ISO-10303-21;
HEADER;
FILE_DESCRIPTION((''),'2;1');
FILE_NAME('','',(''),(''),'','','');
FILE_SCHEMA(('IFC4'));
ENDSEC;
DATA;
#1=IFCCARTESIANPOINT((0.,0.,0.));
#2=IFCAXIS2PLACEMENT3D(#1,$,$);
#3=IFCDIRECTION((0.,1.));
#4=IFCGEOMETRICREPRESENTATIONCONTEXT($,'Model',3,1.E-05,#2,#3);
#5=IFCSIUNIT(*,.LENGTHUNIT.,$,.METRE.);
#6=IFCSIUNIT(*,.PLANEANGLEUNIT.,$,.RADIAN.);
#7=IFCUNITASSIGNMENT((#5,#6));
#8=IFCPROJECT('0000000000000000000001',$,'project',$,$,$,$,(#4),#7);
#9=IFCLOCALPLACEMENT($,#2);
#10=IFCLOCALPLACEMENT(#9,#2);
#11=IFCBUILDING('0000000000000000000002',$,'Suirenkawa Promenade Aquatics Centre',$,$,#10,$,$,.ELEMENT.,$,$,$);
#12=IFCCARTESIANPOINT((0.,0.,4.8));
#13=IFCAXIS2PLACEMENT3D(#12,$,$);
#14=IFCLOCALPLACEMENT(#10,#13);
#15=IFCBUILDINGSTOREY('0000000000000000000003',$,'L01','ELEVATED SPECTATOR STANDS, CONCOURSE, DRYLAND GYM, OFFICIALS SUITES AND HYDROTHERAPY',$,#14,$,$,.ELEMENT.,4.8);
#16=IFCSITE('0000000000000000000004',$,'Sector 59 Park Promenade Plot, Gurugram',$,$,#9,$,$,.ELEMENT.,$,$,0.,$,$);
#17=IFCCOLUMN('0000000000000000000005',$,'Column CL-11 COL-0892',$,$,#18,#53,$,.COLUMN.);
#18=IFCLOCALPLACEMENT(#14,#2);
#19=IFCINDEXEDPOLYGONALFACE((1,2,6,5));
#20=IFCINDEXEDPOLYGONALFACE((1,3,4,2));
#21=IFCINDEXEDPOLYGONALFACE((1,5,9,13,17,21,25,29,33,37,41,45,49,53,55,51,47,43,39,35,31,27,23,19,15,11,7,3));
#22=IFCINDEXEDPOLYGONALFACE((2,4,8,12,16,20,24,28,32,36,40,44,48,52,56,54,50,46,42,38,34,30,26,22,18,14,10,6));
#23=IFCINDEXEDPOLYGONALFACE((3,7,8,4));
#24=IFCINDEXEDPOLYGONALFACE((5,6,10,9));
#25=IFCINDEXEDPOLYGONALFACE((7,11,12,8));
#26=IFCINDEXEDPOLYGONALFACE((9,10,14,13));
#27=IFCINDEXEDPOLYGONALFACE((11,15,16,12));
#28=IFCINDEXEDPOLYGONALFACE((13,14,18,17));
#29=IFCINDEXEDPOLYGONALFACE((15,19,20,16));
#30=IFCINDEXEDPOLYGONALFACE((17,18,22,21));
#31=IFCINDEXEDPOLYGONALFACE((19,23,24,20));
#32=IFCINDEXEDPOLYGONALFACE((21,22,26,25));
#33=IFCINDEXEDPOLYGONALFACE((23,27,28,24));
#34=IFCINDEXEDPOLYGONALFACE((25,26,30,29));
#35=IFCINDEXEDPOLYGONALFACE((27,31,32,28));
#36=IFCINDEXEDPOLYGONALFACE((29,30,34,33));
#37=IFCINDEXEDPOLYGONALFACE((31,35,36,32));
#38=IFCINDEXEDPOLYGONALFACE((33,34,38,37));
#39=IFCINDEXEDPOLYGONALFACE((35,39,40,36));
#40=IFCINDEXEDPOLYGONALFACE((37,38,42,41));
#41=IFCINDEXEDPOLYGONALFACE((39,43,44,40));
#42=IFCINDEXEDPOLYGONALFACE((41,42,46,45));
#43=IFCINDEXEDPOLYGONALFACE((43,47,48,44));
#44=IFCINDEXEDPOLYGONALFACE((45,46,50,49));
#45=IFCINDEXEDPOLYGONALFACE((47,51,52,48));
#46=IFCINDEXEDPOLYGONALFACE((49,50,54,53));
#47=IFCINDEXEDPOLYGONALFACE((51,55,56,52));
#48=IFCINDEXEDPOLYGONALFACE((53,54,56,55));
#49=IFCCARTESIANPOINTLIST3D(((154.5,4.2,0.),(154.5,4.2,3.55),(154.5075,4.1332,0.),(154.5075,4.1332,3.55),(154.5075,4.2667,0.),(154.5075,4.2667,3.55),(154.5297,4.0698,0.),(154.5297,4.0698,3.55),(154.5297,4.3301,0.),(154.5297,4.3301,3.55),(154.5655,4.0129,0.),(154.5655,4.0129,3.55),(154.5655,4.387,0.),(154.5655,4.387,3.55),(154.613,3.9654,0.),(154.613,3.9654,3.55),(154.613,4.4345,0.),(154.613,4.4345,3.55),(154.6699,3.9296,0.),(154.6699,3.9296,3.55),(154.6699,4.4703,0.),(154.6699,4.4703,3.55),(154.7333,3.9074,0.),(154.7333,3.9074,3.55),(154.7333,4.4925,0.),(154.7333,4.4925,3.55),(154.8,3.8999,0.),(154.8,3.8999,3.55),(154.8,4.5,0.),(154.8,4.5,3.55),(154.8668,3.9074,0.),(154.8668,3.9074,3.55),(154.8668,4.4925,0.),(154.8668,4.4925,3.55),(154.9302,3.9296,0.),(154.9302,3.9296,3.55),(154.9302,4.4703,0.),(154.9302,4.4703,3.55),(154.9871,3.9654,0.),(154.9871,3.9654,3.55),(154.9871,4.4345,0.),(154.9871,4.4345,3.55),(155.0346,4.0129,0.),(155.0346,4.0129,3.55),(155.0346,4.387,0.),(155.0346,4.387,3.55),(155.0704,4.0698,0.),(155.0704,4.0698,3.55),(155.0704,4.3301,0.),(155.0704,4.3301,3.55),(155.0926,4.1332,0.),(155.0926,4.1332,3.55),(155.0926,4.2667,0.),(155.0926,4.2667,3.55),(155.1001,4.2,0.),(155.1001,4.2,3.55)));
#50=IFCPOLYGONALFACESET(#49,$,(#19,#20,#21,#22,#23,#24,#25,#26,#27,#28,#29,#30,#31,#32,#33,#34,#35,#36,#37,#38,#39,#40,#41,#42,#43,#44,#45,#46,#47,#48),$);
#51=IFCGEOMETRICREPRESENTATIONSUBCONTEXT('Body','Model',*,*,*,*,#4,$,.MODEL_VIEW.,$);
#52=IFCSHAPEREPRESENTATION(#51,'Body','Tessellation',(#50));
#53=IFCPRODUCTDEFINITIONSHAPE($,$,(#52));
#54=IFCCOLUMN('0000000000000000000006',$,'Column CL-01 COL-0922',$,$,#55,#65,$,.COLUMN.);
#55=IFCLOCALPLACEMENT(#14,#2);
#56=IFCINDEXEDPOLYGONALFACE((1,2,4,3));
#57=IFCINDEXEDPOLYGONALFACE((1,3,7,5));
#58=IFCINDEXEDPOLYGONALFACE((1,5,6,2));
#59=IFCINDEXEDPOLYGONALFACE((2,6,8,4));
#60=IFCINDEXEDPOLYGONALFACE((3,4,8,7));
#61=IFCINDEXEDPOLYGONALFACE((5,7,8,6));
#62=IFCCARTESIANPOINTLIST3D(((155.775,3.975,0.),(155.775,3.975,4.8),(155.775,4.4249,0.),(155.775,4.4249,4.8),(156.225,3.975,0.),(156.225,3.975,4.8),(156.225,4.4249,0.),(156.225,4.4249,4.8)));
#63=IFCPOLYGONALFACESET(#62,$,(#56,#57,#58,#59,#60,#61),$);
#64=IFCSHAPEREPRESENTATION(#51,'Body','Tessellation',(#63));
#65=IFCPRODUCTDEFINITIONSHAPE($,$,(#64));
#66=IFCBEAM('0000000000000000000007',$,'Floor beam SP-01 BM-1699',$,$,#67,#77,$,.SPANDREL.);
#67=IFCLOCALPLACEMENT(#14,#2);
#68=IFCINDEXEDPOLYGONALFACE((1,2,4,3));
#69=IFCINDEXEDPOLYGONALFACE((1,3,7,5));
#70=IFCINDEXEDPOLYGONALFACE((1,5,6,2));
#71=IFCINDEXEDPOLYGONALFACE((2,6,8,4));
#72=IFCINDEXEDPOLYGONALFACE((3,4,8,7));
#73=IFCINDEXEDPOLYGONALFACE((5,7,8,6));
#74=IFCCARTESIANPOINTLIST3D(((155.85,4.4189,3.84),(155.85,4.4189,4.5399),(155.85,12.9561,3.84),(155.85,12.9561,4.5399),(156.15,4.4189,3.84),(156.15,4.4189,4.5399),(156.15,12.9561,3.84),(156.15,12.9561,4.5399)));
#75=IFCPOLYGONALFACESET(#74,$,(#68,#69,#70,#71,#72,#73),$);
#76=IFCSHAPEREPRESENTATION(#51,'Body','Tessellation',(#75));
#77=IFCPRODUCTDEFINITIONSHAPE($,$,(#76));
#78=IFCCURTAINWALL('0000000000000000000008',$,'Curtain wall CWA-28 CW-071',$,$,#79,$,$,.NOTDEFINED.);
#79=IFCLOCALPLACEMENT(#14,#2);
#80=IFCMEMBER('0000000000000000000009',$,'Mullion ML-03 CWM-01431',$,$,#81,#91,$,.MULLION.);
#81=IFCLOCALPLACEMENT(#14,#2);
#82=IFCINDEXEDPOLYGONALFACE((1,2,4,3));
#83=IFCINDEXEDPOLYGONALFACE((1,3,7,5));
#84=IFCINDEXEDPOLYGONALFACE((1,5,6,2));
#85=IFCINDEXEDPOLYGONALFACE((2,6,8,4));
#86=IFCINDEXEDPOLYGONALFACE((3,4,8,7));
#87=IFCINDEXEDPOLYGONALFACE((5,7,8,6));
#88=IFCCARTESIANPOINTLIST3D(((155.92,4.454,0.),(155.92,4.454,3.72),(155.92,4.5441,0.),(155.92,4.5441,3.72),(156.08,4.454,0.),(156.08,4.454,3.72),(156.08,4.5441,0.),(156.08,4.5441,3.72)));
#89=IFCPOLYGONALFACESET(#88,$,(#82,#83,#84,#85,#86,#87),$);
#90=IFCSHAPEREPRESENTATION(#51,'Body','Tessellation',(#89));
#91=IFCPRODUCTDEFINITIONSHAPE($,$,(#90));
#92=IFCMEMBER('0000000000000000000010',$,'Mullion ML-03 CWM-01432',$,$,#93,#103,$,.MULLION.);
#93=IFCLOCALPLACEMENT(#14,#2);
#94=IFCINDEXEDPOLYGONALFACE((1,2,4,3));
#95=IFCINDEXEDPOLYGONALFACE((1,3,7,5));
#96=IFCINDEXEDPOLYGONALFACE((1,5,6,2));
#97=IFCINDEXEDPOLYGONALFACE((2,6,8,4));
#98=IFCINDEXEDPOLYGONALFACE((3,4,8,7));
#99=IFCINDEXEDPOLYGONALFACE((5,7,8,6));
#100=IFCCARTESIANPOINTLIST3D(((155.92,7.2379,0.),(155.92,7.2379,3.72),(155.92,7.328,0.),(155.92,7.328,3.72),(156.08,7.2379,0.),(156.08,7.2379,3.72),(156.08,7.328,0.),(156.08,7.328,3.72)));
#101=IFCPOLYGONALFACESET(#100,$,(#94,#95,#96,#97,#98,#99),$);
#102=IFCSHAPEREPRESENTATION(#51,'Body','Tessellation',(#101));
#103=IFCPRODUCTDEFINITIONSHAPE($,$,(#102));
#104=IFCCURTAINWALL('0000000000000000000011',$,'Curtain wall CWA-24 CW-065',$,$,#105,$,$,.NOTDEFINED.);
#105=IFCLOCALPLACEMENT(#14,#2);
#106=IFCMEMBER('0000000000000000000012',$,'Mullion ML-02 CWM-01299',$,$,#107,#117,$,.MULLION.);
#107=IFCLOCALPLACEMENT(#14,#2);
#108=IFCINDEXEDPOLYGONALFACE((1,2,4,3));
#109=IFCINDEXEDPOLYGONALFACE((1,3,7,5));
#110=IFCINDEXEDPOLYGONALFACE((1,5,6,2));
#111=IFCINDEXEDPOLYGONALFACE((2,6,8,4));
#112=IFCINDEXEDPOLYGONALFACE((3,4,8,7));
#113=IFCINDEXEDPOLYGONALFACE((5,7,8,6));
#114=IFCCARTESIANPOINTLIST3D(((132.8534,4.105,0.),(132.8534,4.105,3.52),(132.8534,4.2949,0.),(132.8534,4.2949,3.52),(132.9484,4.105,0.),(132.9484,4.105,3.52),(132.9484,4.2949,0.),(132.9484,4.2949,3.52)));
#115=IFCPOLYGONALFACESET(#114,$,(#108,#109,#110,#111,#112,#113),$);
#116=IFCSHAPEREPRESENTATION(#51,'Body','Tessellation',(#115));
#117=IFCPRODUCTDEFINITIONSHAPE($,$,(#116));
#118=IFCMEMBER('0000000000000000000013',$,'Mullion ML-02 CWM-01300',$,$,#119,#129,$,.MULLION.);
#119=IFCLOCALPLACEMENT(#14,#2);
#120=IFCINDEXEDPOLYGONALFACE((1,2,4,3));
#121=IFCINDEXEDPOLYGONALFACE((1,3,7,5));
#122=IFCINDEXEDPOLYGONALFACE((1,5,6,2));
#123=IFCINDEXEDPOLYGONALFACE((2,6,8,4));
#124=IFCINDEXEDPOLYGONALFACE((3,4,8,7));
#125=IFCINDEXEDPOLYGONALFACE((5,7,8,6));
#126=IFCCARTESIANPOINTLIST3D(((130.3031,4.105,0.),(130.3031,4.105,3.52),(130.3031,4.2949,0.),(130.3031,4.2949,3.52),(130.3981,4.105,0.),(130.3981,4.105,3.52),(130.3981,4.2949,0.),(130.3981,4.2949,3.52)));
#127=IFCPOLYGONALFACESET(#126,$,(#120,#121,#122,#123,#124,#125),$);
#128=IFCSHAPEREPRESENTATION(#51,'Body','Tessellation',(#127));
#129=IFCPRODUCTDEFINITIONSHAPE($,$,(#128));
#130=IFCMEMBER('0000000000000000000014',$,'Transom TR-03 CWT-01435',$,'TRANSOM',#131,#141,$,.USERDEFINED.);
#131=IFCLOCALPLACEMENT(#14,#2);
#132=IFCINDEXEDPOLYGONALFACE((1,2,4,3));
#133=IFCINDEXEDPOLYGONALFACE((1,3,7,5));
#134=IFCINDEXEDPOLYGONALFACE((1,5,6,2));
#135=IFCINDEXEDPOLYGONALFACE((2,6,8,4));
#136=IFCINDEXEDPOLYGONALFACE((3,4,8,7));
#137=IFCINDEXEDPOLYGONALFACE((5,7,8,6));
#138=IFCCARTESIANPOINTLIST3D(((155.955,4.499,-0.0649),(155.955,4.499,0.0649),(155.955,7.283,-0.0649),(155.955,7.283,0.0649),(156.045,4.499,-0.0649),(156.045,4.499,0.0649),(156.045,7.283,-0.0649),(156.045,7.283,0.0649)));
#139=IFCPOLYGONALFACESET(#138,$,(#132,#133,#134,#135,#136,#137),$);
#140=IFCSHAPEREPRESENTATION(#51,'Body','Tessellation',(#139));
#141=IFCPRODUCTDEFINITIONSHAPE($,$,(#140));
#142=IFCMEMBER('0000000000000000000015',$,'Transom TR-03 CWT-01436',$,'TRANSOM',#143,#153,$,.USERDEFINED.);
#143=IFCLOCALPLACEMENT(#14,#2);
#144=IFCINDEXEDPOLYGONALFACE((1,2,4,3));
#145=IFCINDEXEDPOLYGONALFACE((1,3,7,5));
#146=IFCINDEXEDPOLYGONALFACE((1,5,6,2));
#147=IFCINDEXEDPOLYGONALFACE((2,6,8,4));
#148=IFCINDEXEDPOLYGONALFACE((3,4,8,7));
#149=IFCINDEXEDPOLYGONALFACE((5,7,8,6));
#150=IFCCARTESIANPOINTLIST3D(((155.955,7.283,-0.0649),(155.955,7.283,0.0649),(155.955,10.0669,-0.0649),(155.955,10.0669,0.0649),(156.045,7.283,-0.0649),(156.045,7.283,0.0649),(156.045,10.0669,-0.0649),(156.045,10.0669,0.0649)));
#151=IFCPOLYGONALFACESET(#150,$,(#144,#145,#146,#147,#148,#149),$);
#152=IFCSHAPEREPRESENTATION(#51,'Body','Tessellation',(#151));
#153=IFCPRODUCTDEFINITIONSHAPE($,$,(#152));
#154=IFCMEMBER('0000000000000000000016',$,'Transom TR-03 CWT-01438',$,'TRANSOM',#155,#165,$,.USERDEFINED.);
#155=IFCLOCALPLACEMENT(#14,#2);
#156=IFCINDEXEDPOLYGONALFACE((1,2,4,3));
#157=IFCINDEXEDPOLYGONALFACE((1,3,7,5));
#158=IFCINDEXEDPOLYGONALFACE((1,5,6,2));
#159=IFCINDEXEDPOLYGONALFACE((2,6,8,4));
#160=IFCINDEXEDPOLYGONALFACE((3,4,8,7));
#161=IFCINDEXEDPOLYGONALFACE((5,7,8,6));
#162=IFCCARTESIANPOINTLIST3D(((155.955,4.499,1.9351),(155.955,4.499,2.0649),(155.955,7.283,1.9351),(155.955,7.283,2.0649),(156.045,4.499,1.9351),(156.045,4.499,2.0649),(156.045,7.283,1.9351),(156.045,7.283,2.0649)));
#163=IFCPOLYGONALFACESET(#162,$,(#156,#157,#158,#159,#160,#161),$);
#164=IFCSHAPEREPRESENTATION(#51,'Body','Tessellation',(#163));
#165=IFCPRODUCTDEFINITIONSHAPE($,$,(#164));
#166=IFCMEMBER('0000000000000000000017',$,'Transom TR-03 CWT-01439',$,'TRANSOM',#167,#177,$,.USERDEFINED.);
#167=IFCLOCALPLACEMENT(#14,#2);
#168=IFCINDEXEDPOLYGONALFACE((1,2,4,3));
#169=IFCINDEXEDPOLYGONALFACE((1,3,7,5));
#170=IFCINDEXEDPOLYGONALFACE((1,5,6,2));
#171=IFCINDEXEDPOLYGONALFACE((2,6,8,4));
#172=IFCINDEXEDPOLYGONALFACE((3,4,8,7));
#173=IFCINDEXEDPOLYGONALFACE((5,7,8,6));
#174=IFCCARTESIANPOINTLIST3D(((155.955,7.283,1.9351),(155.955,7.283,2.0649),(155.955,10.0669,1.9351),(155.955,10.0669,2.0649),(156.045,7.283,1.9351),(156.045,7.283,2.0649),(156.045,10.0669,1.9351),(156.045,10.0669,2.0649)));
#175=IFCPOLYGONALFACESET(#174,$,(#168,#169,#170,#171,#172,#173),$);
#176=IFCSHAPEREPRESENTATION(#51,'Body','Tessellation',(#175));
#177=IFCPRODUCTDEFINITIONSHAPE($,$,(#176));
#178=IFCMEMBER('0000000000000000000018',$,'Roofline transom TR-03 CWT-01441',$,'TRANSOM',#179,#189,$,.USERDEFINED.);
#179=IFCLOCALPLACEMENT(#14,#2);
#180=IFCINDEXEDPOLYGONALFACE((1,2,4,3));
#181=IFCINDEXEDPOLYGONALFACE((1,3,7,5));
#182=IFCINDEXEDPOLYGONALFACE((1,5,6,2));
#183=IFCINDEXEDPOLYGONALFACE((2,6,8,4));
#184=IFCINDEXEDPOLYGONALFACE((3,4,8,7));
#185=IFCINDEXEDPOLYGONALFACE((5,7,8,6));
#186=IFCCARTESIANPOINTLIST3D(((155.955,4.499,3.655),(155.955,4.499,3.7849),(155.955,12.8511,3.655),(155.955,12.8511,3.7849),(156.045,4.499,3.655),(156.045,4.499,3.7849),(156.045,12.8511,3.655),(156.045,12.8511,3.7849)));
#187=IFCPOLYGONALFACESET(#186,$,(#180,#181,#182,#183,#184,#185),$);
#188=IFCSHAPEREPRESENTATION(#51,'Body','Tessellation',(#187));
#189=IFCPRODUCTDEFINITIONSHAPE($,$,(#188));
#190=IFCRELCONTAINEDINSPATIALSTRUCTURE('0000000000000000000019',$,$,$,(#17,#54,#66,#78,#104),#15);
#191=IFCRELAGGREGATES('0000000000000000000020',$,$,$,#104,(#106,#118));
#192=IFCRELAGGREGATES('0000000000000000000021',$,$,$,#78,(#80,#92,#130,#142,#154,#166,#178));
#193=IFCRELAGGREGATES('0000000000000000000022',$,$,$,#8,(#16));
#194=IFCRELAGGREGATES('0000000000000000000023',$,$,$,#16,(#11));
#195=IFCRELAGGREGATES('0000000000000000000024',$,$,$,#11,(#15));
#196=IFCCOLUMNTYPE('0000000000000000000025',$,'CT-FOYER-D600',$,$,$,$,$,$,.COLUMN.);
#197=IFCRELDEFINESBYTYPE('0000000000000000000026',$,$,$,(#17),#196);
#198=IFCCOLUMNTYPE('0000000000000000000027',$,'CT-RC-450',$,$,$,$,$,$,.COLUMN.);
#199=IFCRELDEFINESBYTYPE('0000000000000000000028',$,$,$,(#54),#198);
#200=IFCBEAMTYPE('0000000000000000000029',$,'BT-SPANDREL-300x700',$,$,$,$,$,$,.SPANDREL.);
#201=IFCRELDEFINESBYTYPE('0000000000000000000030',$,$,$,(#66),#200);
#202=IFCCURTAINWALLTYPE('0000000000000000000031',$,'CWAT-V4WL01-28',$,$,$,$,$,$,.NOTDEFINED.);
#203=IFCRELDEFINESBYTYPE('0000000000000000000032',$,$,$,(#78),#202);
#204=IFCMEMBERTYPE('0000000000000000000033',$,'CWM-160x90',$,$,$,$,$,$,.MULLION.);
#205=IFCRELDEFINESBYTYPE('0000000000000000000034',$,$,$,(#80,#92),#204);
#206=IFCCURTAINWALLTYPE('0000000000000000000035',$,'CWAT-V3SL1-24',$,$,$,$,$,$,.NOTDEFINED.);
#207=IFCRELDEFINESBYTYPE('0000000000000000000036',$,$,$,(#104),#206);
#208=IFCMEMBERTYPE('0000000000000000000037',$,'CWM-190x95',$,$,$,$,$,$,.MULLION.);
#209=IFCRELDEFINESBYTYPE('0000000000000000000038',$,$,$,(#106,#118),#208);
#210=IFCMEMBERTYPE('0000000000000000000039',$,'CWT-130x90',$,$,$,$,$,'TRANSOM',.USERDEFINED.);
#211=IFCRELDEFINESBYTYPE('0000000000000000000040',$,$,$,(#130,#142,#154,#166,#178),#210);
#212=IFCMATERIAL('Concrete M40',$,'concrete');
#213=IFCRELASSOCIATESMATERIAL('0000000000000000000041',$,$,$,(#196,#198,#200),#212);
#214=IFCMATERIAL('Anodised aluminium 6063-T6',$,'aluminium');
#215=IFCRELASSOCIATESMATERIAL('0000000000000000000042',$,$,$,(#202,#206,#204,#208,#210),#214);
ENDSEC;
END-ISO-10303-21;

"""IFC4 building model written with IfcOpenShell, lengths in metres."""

from ifc_helpers import new_model, si_unit, direction, frame, origin, origin_2d, place, context, subcontext, project, spatial, rectangle, circle, extrude, material, material_profile, profile_set, type_object, element, aggregate, save


model = new_model("IFC4")

# Units and contexts
model_context = context("Model", 3, precision=1e-05, world=origin(), true_north=direction((0.0, 1.0)))
body_context = subcontext(model_context, "Body", "Model", "MODEL_VIEW")
ifc_project = project(units=[si_unit("LENGTHUNIT", "METRE"), si_unit("PLANEANGLEUNIT", "RADIAN")], contexts=[model_context])

# Site, building, storey
site_placement = place(None, origin())
site = spatial("IfcSite", under=ifc_project, at=site_placement, Name="Sector 59 Park Promenade Plot, Gurugram", CompositionType="ELEMENT", RefElevation=0.0)
building_placement = place(site_placement, origin())
building = spatial("IfcBuilding", under=site, at=building_placement, Name="Suirenkawa Promenade Aquatics Centre", CompositionType="ELEMENT")
storey_placement = place(building_placement, frame((0.0, 0.0, 4.8)))
storey = spatial("IfcBuildingStorey", under=building, at=storey_placement, Name="L01", Description="ELEVATED SPECTATOR STANDS, CONCOURSE, DRYLAND GYM, OFFICIALS SUITES AND HYDROTHERAPY", CompositionType="ELEMENT", Elevation=4.8)

# Columns
ifc_material_1 = material(Name="Concrete M40", Category="concrete")
ifc_material_profile_1 = material_profile(ifc_material_1, circle(Radius=0.3, at=origin_2d()), Name="RC FOYER D600", Category="concrete")
ifc_profile_set_1 = profile_set([ifc_material_profile_1], Name="Concrete M40")
column_type_1 = type_object("IfcColumnType", Name="CT-FOYER-D600", PredefinedType="COLUMN", material=ifc_profile_set_1)
column_1_placement = place(storey_placement, frame((154.8, 4.2, 0.0), z_axis=(0.0, 0.0, 1.0), x_axis=(1.0, 0.0, 0.0)))
element("IfcColumn", 1, at=column_1_placement, inside=storey, type_object=column_type_1, Name="Column CL-11 COL-0892", PredefinedType="COLUMN", context=body_context, shape_type="SweptSolid", body=[
    extrude(circle(Radius=0.3, at=origin_2d()), origin(), (0.0, 0.0, 1.0), 3.55),
])
ifc_material_profile_2 = material_profile(ifc_material_1, rectangle(XDim=0.45, YDim=0.45, at=origin_2d()), Name="RC COL 450x450", Category="concrete")
ifc_profile_set_2 = profile_set([ifc_material_profile_2], Name="Concrete M40")
column_type_2 = type_object("IfcColumnType", Name="CT-RC-450", PredefinedType="COLUMN", material=ifc_profile_set_2)
column_2_placement = place(storey_placement, frame((156.0, 4.2, 0.0), z_axis=(0.0, 0.0, 1.0), x_axis=(1.0, 0.0, 0.0)))
element("IfcColumn", 2, at=column_2_placement, inside=storey, type_object=column_type_2, Name="Column CL-01 COL-0922", PredefinedType="COLUMN", context=body_context, shape_type="SweptSolid", body=[
    extrude(rectangle(XDim=0.45, YDim=0.45, at=origin_2d()), origin(), (0.0, 0.0, 1.0), 4.8),
])

# Beam
ifc_material_profile_3 = material_profile(ifc_material_1, rectangle(XDim=0.3, YDim=0.7, at=origin_2d()), Name="RC SPANDREL 300x700", Category="concrete")
ifc_profile_set_3 = profile_set([ifc_material_profile_3], Name="Concrete M40")
beam_type = type_object("IfcBeamType", Name="BT-SPANDREL-300x700", PredefinedType="SPANDREL", material=ifc_profile_set_3)
beam_placement = place(storey_placement, frame((156.0, 4.4189, 4.1899), z_axis=(0.0, 1.0, 0.0), x_axis=(-1.0, 0.0, 0.0)))
element("IfcBeam", 3, at=beam_placement, inside=storey, type_object=beam_type, Name="Floor beam SP-01 BM-1699", PredefinedType="SPANDREL", context=body_context, shape_type="SweptSolid", body=[
    extrude(rectangle(XDim=0.3, YDim=0.7, at=origin_2d()), origin(), (0.0, 0.0, 1.0), 8.5371),
])

# Curtain walls, members
ifc_material_2 = material(Name="Anodised aluminium 6063-T6", Category="aluminium")
curtain_wall_type_1 = type_object("IfcCurtainWallType", Name="CWAT-V4WL01-28", PredefinedType="NOTDEFINED", material=ifc_material_2)
curtain_wall_1_placement = place(storey_placement, origin())
curtain_wall_1 = element("IfcCurtainWall", 4, at=curtain_wall_1_placement, inside=storey, type_object=curtain_wall_type_1, Name="Curtain wall CWA-28 CW-071", PredefinedType="NOTDEFINED")
ifc_material_profile_4 = material_profile(ifc_material_2, rectangle(XDim=0.0901, YDim=0.1599, at=origin_2d()), Name="ALU MULL 90x160", Category="aluminium")
ifc_profile_set_4 = profile_set([ifc_material_profile_4], Name="Anodised aluminium 6063-T6")
member_type_1 = type_object("IfcMemberType", Name="CWM-160x90", PredefinedType="MULLION", material=ifc_profile_set_4)
member_1_placement = place(storey_placement, frame((156.0, 4.499, 0.0), z_axis=(0.0, 0.0, 1.0), x_axis=(0.0, 1.0, 0.0)))
member_1 = element("IfcMember", 5, at=member_1_placement, type_object=member_type_1, Name="Mullion ML-03 CWM-01431", PredefinedType="MULLION", context=body_context, shape_type="SweptSolid", body=[
    extrude(rectangle(XDim=0.0901, YDim=0.1599, at=origin_2d()), origin(), (0.0, 0.0, 1.0), 3.72),
])
member_2_placement = place(storey_placement, frame((156.0, 7.283, 0.0), z_axis=(0.0, 0.0, 1.0), x_axis=(0.0, 1.0, 0.0)))
member_2 = element("IfcMember", 6, at=member_2_placement, type_object=member_type_1, Name="Mullion ML-03 CWM-01432", PredefinedType="MULLION", context=body_context, shape_type="SweptSolid", body=[
    extrude(rectangle(XDim=0.0901, YDim=0.1599, at=origin_2d()), origin(), (0.0, 0.0, 1.0), 3.72),
])
curtain_wall_type_2 = type_object("IfcCurtainWallType", Name="CWAT-V3SL1-24", PredefinedType="NOTDEFINED", material=ifc_material_2)
curtain_wall_2_placement = place(storey_placement, origin())
curtain_wall_2 = element("IfcCurtainWall", 7, at=curtain_wall_2_placement, inside=storey, type_object=curtain_wall_type_2, Name="Curtain wall CWA-24 CW-065", PredefinedType="NOTDEFINED")
ifc_material_profile_5 = material_profile(ifc_material_2, rectangle(XDim=0.095, YDim=0.1899, at=origin_2d()), Name="ALU MULL 95x190", Category="aluminium")
ifc_profile_set_5 = profile_set([ifc_material_profile_5], Name="Anodised aluminium 6063-T6")
member_type_2 = type_object("IfcMemberType", Name="CWM-190x95", PredefinedType="MULLION", material=ifc_profile_set_5)
member_3_placement = place(storey_placement, frame((132.9009, 4.2, 0.0), z_axis=(0.0, 0.0, 1.0), x_axis=(-1.0, 0.0, 0.0)))
member_3 = element("IfcMember", 8, at=member_3_placement, type_object=member_type_2, Name="Mullion ML-02 CWM-01299", PredefinedType="MULLION", context=body_context, shape_type="SweptSolid", body=[
    extrude(rectangle(XDim=0.095, YDim=0.1899, at=origin_2d()), origin(), (0.0, 0.0, 1.0), 3.52),
])
member_4_placement = place(storey_placement, frame((130.3506, 4.2, 0.0), z_axis=(0.0, 0.0, 1.0), x_axis=(-1.0, 0.0, 0.0)))
member_4 = element("IfcMember", 9, at=member_4_placement, type_object=member_type_2, Name="Mullion ML-02 CWM-01300", PredefinedType="MULLION", context=body_context, shape_type="SweptSolid", body=[
    extrude(rectangle(XDim=0.095, YDim=0.1899, at=origin_2d()), origin(), (0.0, 0.0, 1.0), 3.52),
])

# Members
ifc_material_profile_6 = material_profile(ifc_material_2, rectangle(XDim=0.0901, YDim=0.1299, at=origin_2d()), Name="ALU TRAN 90x130", Category="aluminium")
ifc_profile_set_6 = profile_set([ifc_material_profile_6], Name="Anodised aluminium 6063-T6")
member_type_3 = type_object("IfcMemberType", Name="CWT-130x90", ElementType="TRANSOM", PredefinedType="USERDEFINED", material=ifc_profile_set_6)
member_5_placement = place(storey_placement, frame((156.0, 4.499, 0.0), z_axis=(0.0, 1.0, 0.0), x_axis=(-1.0, 0.0, 0.0)))
member_5 = element("IfcMember", 10, at=member_5_placement, type_object=member_type_3, Name="Transom TR-03 CWT-01435", ObjectType="TRANSOM", PredefinedType="USERDEFINED", context=body_context, shape_type="SweptSolid", body=[
    extrude(rectangle(XDim=0.0901, YDim=0.1299, at=origin_2d()), origin(), (0.0, 0.0, 1.0), 2.7839),
])
member_6_placement = place(storey_placement, frame((156.0, 7.283, 0.0), z_axis=(0.0, 1.0, 0.0), x_axis=(-1.0, 0.0, 0.0)))
member_6 = element("IfcMember", 11, at=member_6_placement, type_object=member_type_3, Name="Transom TR-03 CWT-01436", ObjectType="TRANSOM", PredefinedType="USERDEFINED", context=body_context, shape_type="SweptSolid", body=[
    extrude(rectangle(XDim=0.0901, YDim=0.1299, at=origin_2d()), origin(), (0.0, 0.0, 1.0), 2.7839),
])
member_7_placement = place(storey_placement, frame((156.0, 4.499, 2.0), z_axis=(0.0, 1.0, 0.0), x_axis=(-1.0, 0.0, 0.0)))
member_7 = element("IfcMember", 12, at=member_7_placement, type_object=member_type_3, Name="Transom TR-03 CWT-01438", ObjectType="TRANSOM", PredefinedType="USERDEFINED", context=body_context, shape_type="SweptSolid", body=[
    extrude(rectangle(XDim=0.0901, YDim=0.1299, at=origin_2d()), origin(), (0.0, 0.0, 1.0), 2.7839),
])
member_8_placement = place(storey_placement, frame((156.0, 7.283, 2.0), z_axis=(0.0, 1.0, 0.0), x_axis=(-1.0, 0.0, 0.0)))
member_8 = element("IfcMember", 13, at=member_8_placement, type_object=member_type_3, Name="Transom TR-03 CWT-01439", ObjectType="TRANSOM", PredefinedType="USERDEFINED", context=body_context, shape_type="SweptSolid", body=[
    extrude(rectangle(XDim=0.0901, YDim=0.1299, at=origin_2d()), origin(), (0.0, 0.0, 1.0), 2.7839),
])
member_9_placement = place(storey_placement, frame((156.0, 4.499, 3.72), z_axis=(0.0, 1.0, 0.0), x_axis=(-1.0, 0.0, 0.0)))
member_9 = element("IfcMember", 14, at=member_9_placement, type_object=member_type_3, Name="Roofline transom TR-03 CWT-01441", ObjectType="TRANSOM", PredefinedType="USERDEFINED", context=body_context, shape_type="SweptSolid", body=[
    extrude(rectangle(XDim=0.0901, YDim=0.1299, at=origin_2d()), origin(), (0.0, 0.0, 1.0), 8.3521),
])

aggregate(curtain_wall_2, [member_3, member_4])
aggregate(curtain_wall_1, [member_1, member_2, member_5, member_6, member_7, member_8, member_9])

save(model, "model.ifc")
